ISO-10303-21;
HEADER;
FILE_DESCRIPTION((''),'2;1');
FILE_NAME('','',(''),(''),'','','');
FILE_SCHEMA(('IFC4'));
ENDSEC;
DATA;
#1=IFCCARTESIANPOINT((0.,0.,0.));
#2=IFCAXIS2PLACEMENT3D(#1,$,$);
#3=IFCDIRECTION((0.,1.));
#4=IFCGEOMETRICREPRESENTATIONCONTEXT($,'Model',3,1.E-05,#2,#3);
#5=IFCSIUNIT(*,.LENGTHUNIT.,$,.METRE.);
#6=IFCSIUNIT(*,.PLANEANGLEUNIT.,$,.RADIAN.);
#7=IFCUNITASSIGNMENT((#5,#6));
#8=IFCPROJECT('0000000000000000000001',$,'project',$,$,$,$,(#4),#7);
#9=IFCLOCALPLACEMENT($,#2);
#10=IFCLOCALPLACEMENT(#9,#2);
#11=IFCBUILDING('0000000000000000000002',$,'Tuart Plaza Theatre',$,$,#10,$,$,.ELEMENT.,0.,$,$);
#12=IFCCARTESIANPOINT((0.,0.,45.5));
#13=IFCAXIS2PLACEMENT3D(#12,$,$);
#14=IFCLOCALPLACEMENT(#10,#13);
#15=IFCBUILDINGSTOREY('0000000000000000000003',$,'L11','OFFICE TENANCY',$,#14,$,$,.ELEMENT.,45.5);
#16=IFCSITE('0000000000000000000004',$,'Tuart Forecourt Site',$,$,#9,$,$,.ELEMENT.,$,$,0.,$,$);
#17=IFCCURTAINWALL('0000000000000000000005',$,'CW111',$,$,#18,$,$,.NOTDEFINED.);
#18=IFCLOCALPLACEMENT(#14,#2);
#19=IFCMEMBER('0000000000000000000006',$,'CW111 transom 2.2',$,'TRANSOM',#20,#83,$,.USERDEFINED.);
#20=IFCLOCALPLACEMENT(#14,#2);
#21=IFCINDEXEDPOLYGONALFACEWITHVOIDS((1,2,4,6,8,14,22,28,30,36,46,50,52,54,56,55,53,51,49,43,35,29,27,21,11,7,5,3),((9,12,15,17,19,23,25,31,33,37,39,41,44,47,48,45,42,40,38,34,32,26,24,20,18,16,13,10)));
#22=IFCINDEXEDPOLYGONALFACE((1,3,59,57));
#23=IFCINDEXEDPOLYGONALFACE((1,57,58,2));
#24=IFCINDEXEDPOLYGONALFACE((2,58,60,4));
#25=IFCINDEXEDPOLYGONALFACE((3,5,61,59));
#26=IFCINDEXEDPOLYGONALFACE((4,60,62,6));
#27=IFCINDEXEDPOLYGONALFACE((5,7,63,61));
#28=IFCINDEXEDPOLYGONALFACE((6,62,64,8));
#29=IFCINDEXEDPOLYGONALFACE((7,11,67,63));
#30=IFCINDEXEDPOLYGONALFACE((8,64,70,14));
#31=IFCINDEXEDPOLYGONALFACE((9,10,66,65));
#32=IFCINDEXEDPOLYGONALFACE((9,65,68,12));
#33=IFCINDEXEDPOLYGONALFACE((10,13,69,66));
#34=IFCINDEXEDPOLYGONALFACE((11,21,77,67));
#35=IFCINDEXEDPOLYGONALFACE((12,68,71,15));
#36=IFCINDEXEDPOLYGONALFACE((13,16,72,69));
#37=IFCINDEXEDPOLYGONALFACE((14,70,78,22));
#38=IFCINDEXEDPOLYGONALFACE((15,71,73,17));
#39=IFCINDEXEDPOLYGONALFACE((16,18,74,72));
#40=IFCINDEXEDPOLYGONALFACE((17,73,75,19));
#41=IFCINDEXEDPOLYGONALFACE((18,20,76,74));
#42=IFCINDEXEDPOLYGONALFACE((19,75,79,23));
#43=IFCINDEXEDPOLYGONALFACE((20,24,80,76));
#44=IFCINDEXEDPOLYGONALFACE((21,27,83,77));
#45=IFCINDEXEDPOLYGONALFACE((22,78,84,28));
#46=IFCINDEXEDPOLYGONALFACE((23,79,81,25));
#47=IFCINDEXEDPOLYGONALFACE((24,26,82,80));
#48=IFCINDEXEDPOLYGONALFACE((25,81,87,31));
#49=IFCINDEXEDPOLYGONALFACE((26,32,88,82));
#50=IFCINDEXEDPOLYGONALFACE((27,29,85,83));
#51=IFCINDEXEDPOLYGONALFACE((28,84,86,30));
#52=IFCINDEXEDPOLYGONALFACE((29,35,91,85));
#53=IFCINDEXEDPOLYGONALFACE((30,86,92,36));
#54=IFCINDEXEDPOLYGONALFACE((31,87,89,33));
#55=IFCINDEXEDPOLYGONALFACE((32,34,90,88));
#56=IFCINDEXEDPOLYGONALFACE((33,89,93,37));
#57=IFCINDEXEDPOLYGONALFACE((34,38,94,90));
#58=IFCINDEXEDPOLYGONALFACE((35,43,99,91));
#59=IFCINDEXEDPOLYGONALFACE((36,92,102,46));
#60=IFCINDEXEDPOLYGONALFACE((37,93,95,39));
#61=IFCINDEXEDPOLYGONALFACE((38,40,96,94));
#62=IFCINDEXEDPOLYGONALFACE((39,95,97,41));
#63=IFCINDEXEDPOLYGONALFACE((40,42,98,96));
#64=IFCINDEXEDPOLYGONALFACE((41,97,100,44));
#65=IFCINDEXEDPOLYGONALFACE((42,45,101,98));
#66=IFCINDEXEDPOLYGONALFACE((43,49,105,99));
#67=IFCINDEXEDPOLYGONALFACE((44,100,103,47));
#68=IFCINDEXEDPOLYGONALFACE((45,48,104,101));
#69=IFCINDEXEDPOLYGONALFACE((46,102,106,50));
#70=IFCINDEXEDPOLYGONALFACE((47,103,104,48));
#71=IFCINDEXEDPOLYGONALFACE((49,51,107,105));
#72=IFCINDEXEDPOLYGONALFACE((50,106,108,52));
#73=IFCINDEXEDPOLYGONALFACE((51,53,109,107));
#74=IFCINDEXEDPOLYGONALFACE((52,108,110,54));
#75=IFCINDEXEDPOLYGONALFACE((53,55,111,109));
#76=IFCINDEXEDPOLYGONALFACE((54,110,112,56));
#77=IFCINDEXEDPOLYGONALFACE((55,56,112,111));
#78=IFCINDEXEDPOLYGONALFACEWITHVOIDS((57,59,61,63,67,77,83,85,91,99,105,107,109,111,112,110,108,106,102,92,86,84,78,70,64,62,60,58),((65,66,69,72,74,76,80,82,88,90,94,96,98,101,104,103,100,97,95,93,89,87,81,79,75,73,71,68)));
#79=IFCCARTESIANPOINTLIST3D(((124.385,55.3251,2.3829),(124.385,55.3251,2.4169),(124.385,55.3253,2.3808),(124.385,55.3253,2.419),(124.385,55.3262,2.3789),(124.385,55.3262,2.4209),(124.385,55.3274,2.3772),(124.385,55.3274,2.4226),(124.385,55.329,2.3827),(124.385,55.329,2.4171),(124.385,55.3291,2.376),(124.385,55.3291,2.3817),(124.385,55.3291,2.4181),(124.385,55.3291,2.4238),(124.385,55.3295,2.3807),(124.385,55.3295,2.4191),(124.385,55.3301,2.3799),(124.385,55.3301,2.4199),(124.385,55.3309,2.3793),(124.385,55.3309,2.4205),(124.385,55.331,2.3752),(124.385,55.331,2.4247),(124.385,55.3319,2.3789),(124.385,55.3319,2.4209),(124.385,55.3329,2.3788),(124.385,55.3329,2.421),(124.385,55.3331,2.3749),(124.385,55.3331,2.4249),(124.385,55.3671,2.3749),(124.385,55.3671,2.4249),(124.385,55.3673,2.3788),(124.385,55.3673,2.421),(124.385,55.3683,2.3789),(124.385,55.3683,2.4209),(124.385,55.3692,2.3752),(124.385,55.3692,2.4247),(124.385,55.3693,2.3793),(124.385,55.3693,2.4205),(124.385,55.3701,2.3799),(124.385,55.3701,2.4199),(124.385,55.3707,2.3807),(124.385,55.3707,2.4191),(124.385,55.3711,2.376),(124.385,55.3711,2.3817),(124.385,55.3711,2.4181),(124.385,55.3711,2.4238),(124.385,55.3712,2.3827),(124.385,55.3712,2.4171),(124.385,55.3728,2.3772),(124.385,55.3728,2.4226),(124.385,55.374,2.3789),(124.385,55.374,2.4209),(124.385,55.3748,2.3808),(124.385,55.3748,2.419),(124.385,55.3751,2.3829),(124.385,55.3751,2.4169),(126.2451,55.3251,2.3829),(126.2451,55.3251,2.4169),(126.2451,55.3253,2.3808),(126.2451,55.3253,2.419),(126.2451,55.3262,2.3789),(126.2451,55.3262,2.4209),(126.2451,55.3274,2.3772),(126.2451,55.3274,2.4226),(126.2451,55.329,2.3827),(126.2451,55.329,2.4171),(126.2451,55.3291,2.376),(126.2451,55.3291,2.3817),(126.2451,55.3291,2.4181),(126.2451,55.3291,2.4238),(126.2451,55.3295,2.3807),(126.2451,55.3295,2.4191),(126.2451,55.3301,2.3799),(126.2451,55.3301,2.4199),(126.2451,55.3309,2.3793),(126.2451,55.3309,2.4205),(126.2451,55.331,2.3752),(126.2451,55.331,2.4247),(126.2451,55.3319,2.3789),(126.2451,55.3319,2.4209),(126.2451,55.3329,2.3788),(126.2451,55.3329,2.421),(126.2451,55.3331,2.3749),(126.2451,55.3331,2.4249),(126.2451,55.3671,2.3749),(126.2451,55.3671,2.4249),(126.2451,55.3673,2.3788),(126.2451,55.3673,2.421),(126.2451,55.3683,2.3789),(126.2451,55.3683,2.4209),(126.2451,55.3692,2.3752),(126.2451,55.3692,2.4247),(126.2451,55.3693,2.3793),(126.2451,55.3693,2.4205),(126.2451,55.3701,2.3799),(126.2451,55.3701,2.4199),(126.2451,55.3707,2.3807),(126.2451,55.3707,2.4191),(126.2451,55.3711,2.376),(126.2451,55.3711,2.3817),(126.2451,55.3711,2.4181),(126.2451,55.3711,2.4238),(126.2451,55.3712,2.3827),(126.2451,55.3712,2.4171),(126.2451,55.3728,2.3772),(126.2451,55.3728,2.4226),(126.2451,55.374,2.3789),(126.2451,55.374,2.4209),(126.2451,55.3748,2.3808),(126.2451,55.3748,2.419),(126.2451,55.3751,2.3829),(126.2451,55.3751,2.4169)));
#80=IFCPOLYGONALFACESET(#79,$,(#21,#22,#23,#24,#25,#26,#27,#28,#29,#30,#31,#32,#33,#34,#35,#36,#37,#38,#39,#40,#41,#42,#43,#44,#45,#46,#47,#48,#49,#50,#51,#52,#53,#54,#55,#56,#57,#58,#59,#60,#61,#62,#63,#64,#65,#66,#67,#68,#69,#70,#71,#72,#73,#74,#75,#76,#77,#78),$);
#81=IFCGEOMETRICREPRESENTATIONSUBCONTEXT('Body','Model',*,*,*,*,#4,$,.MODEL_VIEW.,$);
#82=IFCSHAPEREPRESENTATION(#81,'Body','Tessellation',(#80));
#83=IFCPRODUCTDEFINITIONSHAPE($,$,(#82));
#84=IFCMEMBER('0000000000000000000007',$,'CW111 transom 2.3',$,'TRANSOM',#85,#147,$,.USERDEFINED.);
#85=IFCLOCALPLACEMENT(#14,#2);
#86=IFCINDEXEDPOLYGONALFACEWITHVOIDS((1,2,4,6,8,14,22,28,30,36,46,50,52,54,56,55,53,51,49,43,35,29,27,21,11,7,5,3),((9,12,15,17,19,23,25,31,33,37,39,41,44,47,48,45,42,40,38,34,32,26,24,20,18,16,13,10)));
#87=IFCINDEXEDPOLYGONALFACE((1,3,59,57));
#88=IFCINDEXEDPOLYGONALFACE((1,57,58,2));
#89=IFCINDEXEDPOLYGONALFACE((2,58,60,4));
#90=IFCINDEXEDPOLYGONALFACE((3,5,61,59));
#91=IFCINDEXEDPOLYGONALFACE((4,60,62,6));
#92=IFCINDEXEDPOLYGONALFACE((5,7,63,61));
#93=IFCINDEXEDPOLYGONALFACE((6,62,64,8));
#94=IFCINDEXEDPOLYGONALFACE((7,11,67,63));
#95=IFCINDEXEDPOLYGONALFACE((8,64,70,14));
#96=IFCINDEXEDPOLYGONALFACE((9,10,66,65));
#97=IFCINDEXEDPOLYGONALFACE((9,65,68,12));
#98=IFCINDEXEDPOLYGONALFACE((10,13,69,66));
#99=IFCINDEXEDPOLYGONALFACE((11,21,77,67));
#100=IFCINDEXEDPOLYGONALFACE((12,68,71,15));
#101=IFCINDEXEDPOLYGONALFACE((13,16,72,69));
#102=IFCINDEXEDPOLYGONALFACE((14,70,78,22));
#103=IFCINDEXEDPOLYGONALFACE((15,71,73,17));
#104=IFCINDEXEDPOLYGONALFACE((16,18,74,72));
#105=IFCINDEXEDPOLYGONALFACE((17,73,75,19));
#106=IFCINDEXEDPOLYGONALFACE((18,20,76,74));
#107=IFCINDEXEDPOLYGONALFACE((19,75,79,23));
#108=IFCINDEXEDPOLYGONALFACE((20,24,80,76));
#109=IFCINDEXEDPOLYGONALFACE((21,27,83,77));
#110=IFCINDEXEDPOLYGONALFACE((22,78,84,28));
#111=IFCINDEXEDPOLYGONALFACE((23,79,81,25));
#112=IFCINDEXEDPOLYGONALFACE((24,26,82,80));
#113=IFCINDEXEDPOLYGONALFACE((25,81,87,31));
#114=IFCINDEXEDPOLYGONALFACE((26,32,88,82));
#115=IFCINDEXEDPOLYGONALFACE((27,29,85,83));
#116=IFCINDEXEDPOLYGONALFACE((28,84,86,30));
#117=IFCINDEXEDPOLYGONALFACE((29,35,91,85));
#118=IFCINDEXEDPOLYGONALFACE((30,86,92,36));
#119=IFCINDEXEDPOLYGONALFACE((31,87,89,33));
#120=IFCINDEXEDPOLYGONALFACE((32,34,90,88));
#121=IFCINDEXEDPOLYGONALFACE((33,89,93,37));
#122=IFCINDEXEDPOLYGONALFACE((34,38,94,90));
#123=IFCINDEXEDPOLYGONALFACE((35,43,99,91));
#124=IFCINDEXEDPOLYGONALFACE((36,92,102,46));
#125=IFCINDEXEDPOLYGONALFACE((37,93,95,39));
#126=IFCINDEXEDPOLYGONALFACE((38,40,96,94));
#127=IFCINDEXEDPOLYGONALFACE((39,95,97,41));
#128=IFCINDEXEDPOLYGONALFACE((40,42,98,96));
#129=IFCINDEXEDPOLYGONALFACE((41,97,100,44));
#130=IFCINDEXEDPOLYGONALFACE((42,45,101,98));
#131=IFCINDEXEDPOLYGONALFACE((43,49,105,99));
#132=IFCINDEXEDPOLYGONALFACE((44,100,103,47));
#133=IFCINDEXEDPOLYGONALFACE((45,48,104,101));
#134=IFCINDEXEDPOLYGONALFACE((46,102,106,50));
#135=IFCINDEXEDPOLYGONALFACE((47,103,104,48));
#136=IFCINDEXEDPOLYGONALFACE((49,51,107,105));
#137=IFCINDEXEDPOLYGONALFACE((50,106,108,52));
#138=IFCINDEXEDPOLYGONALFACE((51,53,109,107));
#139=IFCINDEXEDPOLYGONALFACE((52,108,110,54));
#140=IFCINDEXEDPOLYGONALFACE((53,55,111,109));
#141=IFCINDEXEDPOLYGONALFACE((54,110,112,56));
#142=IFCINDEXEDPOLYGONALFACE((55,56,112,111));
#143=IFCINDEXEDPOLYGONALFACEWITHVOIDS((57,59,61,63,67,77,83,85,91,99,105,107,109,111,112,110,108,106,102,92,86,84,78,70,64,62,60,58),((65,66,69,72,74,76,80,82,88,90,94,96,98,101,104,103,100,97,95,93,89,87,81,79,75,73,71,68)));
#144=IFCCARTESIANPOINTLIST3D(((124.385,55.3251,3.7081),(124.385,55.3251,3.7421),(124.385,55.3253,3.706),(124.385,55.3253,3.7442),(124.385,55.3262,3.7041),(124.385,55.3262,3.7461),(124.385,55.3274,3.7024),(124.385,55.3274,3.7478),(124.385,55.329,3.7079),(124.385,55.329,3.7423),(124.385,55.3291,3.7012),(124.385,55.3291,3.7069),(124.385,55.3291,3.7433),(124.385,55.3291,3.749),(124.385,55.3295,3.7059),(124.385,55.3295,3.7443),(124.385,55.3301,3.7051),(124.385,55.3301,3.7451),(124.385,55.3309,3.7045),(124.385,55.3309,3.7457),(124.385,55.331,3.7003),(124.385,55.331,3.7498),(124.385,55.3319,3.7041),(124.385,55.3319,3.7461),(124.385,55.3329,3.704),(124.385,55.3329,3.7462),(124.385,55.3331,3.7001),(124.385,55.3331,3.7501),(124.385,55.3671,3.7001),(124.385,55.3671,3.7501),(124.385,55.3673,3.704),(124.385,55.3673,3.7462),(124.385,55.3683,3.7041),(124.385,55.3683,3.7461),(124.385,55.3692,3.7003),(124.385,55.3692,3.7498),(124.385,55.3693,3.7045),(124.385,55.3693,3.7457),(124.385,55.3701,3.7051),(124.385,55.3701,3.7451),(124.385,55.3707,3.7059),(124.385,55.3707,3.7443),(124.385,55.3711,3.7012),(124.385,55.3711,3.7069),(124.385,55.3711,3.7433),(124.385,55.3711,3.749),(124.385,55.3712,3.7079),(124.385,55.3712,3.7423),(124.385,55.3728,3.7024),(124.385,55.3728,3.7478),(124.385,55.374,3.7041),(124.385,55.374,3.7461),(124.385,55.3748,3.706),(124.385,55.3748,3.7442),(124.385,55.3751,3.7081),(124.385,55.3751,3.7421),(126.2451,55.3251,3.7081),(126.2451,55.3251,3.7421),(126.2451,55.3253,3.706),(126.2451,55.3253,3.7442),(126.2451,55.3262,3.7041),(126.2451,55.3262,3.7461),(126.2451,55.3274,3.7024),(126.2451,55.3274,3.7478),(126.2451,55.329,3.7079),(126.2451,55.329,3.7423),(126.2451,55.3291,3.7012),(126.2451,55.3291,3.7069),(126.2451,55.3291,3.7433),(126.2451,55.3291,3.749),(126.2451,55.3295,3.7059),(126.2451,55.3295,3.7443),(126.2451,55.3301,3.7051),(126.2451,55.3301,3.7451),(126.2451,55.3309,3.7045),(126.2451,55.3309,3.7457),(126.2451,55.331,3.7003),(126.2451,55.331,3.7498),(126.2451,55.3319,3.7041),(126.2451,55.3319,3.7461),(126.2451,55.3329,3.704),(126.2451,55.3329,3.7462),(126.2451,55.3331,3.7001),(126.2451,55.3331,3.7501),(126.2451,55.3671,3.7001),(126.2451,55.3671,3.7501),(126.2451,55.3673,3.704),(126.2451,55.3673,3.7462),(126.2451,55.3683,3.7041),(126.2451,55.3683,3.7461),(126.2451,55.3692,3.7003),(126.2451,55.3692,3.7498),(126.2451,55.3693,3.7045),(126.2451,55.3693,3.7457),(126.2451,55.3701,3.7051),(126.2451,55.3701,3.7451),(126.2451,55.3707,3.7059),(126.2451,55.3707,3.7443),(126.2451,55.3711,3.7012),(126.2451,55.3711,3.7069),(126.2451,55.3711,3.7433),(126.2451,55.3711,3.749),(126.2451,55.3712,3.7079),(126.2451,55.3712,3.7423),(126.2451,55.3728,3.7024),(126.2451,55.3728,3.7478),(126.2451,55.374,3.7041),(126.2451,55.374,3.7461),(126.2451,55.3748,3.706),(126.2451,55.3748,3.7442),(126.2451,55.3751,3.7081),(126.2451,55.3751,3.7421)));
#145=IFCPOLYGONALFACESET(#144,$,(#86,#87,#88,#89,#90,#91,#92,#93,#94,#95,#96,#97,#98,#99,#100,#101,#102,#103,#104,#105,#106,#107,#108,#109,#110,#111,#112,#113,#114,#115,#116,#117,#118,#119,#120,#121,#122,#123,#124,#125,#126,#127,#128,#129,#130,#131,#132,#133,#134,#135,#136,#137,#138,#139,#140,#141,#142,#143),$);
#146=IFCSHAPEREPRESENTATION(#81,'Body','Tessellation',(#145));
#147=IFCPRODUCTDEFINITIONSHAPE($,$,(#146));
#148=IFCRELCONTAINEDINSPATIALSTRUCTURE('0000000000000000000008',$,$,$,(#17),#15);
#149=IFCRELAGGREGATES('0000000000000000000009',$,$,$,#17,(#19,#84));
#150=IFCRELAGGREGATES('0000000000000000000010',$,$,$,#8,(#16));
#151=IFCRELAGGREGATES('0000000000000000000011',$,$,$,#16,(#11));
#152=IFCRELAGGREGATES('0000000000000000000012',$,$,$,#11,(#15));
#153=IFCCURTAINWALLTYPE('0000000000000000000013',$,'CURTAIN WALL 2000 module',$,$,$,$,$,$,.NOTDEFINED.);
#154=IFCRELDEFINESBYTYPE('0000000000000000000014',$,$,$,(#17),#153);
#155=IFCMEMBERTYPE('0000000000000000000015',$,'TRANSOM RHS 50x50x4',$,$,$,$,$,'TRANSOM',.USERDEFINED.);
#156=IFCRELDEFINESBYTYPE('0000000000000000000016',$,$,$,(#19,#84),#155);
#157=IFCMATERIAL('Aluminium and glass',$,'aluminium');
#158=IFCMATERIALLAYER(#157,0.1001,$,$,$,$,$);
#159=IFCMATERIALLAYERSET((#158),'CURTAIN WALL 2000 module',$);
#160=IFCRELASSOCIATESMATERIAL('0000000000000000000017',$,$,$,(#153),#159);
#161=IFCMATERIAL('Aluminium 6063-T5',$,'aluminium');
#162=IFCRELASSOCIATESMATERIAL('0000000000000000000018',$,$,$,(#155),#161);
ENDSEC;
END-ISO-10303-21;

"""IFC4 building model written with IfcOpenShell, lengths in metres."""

from ifc_helpers import new_model, si_unit, direction, frame, origin, origin_2d, place, context, subcontext, project, spatial, hollow_rectangle, extrude, material, layer, layer_set, material_profile, profile_set, type_object, element, aggregate, save


model = new_model("IFC4")

# Units and contexts
model_context = context("Model", 3, precision=1e-05, world=origin(), true_north=direction((0.0, 1.0)))
body_context = subcontext(model_context, "Body", "Model", "MODEL_VIEW")
ifc_project = project(units=[si_unit("LENGTHUNIT", "METRE"), si_unit("PLANEANGLEUNIT", "RADIAN")], contexts=[model_context])

# Site, building, storey
site_placement = place(None, origin())
site = spatial("IfcSite", under=ifc_project, at=site_placement, Name="Tuart Forecourt Site", CompositionType="ELEMENT", RefElevation=0.0)
building_placement = place(site_placement, origin())
building = spatial("IfcBuilding", under=site, at=building_placement, Name="Tuart Plaza Theatre", CompositionType="ELEMENT", ElevationOfRefHeight=0.0)
storey_placement = place(building_placement, frame((0.0, 0.0, 45.5)))
storey = spatial("IfcBuildingStorey", under=building, at=storey_placement, Name="L11", Description="OFFICE TENANCY", CompositionType="ELEMENT", Elevation=45.5)

# Curtain wall
ifc_material_1 = material(Name="Aluminium and glass", Category="aluminium")
ifc_layer_1 = layer(ifc_material_1, 0.1001)
ifc_layer_set_1 = layer_set([ifc_layer_1], Name="CURTAIN WALL 2000 module")
curtain_wall_type = type_object("IfcCurtainWallType", Name="CURTAIN WALL 2000 module", PredefinedType="NOTDEFINED", material=ifc_layer_set_1)
curtain_wall_1_placement = place(storey_placement, origin())
curtain_wall_1 = element("IfcCurtainWall", 1, at=curtain_wall_1_placement, inside=storey, type_object=curtain_wall_type, Name="CW111", PredefinedType="NOTDEFINED")

# Members
ifc_material_2 = material(Name="Aluminium 6063-T5", Category="aluminium")
ifc_material_profile_1 = material_profile(ifc_material_2, hollow_rectangle(XDim=0.05, YDim=0.05, WallThickness=0.0039, InnerFilletRadius=0.0039, OuterFilletRadius=0.0081, at=origin_2d()), Name="RHS 50x50x4")
ifc_profile_set_1 = profile_set([ifc_material_profile_1], Name="Aluminium 6063-T5")
member_type_1 = type_object("IfcMemberType", Name="TRANSOM RHS 50x50x4", ElementType="TRANSOM", PredefinedType="USERDEFINED", material=ifc_profile_set_1)
member_1_placement = place(storey_placement, frame((124.385, 55.3501, 2.3999), z_axis=(1.0, 0.0, 0.0), x_axis=(0.0, 1.0, 0.0)))
member_1 = element("IfcMember", 2, at=member_1_placement, type_object=member_type_1, Name="CW111 transom 2.2", ObjectType="TRANSOM", PredefinedType="USERDEFINED", context=body_context, shape_type="SweptSolid", body=[
    extrude(hollow_rectangle(XDim=0.05, YDim=0.05, WallThickness=0.0039, InnerFilletRadius=0.0039, OuterFilletRadius=0.0081, at=origin_2d()), origin(), (0.0, 0.0, 1.0), 1.8601),
])
member_2_placement = place(storey_placement, frame((124.385, 55.3501, 3.7251), z_axis=(1.0, 0.0, 0.0), x_axis=(0.0, 1.0, 0.0)))
member_2 = element("IfcMember", 3, at=member_2_placement, type_object=member_type_1, Name="CW111 transom 2.3", ObjectType="TRANSOM", PredefinedType="USERDEFINED", context=body_context, shape_type="SweptSolid", body=[
    extrude(hollow_rectangle(XDim=0.05, YDim=0.05, WallThickness=0.0039, InnerFilletRadius=0.0039, OuterFilletRadius=0.0081, at=origin_2d()), origin(), (0.0, 0.0, 1.0), 1.8601),
])

aggregate(curtain_wall_1, [member_1, member_2])

save(model, "model.ifc")
